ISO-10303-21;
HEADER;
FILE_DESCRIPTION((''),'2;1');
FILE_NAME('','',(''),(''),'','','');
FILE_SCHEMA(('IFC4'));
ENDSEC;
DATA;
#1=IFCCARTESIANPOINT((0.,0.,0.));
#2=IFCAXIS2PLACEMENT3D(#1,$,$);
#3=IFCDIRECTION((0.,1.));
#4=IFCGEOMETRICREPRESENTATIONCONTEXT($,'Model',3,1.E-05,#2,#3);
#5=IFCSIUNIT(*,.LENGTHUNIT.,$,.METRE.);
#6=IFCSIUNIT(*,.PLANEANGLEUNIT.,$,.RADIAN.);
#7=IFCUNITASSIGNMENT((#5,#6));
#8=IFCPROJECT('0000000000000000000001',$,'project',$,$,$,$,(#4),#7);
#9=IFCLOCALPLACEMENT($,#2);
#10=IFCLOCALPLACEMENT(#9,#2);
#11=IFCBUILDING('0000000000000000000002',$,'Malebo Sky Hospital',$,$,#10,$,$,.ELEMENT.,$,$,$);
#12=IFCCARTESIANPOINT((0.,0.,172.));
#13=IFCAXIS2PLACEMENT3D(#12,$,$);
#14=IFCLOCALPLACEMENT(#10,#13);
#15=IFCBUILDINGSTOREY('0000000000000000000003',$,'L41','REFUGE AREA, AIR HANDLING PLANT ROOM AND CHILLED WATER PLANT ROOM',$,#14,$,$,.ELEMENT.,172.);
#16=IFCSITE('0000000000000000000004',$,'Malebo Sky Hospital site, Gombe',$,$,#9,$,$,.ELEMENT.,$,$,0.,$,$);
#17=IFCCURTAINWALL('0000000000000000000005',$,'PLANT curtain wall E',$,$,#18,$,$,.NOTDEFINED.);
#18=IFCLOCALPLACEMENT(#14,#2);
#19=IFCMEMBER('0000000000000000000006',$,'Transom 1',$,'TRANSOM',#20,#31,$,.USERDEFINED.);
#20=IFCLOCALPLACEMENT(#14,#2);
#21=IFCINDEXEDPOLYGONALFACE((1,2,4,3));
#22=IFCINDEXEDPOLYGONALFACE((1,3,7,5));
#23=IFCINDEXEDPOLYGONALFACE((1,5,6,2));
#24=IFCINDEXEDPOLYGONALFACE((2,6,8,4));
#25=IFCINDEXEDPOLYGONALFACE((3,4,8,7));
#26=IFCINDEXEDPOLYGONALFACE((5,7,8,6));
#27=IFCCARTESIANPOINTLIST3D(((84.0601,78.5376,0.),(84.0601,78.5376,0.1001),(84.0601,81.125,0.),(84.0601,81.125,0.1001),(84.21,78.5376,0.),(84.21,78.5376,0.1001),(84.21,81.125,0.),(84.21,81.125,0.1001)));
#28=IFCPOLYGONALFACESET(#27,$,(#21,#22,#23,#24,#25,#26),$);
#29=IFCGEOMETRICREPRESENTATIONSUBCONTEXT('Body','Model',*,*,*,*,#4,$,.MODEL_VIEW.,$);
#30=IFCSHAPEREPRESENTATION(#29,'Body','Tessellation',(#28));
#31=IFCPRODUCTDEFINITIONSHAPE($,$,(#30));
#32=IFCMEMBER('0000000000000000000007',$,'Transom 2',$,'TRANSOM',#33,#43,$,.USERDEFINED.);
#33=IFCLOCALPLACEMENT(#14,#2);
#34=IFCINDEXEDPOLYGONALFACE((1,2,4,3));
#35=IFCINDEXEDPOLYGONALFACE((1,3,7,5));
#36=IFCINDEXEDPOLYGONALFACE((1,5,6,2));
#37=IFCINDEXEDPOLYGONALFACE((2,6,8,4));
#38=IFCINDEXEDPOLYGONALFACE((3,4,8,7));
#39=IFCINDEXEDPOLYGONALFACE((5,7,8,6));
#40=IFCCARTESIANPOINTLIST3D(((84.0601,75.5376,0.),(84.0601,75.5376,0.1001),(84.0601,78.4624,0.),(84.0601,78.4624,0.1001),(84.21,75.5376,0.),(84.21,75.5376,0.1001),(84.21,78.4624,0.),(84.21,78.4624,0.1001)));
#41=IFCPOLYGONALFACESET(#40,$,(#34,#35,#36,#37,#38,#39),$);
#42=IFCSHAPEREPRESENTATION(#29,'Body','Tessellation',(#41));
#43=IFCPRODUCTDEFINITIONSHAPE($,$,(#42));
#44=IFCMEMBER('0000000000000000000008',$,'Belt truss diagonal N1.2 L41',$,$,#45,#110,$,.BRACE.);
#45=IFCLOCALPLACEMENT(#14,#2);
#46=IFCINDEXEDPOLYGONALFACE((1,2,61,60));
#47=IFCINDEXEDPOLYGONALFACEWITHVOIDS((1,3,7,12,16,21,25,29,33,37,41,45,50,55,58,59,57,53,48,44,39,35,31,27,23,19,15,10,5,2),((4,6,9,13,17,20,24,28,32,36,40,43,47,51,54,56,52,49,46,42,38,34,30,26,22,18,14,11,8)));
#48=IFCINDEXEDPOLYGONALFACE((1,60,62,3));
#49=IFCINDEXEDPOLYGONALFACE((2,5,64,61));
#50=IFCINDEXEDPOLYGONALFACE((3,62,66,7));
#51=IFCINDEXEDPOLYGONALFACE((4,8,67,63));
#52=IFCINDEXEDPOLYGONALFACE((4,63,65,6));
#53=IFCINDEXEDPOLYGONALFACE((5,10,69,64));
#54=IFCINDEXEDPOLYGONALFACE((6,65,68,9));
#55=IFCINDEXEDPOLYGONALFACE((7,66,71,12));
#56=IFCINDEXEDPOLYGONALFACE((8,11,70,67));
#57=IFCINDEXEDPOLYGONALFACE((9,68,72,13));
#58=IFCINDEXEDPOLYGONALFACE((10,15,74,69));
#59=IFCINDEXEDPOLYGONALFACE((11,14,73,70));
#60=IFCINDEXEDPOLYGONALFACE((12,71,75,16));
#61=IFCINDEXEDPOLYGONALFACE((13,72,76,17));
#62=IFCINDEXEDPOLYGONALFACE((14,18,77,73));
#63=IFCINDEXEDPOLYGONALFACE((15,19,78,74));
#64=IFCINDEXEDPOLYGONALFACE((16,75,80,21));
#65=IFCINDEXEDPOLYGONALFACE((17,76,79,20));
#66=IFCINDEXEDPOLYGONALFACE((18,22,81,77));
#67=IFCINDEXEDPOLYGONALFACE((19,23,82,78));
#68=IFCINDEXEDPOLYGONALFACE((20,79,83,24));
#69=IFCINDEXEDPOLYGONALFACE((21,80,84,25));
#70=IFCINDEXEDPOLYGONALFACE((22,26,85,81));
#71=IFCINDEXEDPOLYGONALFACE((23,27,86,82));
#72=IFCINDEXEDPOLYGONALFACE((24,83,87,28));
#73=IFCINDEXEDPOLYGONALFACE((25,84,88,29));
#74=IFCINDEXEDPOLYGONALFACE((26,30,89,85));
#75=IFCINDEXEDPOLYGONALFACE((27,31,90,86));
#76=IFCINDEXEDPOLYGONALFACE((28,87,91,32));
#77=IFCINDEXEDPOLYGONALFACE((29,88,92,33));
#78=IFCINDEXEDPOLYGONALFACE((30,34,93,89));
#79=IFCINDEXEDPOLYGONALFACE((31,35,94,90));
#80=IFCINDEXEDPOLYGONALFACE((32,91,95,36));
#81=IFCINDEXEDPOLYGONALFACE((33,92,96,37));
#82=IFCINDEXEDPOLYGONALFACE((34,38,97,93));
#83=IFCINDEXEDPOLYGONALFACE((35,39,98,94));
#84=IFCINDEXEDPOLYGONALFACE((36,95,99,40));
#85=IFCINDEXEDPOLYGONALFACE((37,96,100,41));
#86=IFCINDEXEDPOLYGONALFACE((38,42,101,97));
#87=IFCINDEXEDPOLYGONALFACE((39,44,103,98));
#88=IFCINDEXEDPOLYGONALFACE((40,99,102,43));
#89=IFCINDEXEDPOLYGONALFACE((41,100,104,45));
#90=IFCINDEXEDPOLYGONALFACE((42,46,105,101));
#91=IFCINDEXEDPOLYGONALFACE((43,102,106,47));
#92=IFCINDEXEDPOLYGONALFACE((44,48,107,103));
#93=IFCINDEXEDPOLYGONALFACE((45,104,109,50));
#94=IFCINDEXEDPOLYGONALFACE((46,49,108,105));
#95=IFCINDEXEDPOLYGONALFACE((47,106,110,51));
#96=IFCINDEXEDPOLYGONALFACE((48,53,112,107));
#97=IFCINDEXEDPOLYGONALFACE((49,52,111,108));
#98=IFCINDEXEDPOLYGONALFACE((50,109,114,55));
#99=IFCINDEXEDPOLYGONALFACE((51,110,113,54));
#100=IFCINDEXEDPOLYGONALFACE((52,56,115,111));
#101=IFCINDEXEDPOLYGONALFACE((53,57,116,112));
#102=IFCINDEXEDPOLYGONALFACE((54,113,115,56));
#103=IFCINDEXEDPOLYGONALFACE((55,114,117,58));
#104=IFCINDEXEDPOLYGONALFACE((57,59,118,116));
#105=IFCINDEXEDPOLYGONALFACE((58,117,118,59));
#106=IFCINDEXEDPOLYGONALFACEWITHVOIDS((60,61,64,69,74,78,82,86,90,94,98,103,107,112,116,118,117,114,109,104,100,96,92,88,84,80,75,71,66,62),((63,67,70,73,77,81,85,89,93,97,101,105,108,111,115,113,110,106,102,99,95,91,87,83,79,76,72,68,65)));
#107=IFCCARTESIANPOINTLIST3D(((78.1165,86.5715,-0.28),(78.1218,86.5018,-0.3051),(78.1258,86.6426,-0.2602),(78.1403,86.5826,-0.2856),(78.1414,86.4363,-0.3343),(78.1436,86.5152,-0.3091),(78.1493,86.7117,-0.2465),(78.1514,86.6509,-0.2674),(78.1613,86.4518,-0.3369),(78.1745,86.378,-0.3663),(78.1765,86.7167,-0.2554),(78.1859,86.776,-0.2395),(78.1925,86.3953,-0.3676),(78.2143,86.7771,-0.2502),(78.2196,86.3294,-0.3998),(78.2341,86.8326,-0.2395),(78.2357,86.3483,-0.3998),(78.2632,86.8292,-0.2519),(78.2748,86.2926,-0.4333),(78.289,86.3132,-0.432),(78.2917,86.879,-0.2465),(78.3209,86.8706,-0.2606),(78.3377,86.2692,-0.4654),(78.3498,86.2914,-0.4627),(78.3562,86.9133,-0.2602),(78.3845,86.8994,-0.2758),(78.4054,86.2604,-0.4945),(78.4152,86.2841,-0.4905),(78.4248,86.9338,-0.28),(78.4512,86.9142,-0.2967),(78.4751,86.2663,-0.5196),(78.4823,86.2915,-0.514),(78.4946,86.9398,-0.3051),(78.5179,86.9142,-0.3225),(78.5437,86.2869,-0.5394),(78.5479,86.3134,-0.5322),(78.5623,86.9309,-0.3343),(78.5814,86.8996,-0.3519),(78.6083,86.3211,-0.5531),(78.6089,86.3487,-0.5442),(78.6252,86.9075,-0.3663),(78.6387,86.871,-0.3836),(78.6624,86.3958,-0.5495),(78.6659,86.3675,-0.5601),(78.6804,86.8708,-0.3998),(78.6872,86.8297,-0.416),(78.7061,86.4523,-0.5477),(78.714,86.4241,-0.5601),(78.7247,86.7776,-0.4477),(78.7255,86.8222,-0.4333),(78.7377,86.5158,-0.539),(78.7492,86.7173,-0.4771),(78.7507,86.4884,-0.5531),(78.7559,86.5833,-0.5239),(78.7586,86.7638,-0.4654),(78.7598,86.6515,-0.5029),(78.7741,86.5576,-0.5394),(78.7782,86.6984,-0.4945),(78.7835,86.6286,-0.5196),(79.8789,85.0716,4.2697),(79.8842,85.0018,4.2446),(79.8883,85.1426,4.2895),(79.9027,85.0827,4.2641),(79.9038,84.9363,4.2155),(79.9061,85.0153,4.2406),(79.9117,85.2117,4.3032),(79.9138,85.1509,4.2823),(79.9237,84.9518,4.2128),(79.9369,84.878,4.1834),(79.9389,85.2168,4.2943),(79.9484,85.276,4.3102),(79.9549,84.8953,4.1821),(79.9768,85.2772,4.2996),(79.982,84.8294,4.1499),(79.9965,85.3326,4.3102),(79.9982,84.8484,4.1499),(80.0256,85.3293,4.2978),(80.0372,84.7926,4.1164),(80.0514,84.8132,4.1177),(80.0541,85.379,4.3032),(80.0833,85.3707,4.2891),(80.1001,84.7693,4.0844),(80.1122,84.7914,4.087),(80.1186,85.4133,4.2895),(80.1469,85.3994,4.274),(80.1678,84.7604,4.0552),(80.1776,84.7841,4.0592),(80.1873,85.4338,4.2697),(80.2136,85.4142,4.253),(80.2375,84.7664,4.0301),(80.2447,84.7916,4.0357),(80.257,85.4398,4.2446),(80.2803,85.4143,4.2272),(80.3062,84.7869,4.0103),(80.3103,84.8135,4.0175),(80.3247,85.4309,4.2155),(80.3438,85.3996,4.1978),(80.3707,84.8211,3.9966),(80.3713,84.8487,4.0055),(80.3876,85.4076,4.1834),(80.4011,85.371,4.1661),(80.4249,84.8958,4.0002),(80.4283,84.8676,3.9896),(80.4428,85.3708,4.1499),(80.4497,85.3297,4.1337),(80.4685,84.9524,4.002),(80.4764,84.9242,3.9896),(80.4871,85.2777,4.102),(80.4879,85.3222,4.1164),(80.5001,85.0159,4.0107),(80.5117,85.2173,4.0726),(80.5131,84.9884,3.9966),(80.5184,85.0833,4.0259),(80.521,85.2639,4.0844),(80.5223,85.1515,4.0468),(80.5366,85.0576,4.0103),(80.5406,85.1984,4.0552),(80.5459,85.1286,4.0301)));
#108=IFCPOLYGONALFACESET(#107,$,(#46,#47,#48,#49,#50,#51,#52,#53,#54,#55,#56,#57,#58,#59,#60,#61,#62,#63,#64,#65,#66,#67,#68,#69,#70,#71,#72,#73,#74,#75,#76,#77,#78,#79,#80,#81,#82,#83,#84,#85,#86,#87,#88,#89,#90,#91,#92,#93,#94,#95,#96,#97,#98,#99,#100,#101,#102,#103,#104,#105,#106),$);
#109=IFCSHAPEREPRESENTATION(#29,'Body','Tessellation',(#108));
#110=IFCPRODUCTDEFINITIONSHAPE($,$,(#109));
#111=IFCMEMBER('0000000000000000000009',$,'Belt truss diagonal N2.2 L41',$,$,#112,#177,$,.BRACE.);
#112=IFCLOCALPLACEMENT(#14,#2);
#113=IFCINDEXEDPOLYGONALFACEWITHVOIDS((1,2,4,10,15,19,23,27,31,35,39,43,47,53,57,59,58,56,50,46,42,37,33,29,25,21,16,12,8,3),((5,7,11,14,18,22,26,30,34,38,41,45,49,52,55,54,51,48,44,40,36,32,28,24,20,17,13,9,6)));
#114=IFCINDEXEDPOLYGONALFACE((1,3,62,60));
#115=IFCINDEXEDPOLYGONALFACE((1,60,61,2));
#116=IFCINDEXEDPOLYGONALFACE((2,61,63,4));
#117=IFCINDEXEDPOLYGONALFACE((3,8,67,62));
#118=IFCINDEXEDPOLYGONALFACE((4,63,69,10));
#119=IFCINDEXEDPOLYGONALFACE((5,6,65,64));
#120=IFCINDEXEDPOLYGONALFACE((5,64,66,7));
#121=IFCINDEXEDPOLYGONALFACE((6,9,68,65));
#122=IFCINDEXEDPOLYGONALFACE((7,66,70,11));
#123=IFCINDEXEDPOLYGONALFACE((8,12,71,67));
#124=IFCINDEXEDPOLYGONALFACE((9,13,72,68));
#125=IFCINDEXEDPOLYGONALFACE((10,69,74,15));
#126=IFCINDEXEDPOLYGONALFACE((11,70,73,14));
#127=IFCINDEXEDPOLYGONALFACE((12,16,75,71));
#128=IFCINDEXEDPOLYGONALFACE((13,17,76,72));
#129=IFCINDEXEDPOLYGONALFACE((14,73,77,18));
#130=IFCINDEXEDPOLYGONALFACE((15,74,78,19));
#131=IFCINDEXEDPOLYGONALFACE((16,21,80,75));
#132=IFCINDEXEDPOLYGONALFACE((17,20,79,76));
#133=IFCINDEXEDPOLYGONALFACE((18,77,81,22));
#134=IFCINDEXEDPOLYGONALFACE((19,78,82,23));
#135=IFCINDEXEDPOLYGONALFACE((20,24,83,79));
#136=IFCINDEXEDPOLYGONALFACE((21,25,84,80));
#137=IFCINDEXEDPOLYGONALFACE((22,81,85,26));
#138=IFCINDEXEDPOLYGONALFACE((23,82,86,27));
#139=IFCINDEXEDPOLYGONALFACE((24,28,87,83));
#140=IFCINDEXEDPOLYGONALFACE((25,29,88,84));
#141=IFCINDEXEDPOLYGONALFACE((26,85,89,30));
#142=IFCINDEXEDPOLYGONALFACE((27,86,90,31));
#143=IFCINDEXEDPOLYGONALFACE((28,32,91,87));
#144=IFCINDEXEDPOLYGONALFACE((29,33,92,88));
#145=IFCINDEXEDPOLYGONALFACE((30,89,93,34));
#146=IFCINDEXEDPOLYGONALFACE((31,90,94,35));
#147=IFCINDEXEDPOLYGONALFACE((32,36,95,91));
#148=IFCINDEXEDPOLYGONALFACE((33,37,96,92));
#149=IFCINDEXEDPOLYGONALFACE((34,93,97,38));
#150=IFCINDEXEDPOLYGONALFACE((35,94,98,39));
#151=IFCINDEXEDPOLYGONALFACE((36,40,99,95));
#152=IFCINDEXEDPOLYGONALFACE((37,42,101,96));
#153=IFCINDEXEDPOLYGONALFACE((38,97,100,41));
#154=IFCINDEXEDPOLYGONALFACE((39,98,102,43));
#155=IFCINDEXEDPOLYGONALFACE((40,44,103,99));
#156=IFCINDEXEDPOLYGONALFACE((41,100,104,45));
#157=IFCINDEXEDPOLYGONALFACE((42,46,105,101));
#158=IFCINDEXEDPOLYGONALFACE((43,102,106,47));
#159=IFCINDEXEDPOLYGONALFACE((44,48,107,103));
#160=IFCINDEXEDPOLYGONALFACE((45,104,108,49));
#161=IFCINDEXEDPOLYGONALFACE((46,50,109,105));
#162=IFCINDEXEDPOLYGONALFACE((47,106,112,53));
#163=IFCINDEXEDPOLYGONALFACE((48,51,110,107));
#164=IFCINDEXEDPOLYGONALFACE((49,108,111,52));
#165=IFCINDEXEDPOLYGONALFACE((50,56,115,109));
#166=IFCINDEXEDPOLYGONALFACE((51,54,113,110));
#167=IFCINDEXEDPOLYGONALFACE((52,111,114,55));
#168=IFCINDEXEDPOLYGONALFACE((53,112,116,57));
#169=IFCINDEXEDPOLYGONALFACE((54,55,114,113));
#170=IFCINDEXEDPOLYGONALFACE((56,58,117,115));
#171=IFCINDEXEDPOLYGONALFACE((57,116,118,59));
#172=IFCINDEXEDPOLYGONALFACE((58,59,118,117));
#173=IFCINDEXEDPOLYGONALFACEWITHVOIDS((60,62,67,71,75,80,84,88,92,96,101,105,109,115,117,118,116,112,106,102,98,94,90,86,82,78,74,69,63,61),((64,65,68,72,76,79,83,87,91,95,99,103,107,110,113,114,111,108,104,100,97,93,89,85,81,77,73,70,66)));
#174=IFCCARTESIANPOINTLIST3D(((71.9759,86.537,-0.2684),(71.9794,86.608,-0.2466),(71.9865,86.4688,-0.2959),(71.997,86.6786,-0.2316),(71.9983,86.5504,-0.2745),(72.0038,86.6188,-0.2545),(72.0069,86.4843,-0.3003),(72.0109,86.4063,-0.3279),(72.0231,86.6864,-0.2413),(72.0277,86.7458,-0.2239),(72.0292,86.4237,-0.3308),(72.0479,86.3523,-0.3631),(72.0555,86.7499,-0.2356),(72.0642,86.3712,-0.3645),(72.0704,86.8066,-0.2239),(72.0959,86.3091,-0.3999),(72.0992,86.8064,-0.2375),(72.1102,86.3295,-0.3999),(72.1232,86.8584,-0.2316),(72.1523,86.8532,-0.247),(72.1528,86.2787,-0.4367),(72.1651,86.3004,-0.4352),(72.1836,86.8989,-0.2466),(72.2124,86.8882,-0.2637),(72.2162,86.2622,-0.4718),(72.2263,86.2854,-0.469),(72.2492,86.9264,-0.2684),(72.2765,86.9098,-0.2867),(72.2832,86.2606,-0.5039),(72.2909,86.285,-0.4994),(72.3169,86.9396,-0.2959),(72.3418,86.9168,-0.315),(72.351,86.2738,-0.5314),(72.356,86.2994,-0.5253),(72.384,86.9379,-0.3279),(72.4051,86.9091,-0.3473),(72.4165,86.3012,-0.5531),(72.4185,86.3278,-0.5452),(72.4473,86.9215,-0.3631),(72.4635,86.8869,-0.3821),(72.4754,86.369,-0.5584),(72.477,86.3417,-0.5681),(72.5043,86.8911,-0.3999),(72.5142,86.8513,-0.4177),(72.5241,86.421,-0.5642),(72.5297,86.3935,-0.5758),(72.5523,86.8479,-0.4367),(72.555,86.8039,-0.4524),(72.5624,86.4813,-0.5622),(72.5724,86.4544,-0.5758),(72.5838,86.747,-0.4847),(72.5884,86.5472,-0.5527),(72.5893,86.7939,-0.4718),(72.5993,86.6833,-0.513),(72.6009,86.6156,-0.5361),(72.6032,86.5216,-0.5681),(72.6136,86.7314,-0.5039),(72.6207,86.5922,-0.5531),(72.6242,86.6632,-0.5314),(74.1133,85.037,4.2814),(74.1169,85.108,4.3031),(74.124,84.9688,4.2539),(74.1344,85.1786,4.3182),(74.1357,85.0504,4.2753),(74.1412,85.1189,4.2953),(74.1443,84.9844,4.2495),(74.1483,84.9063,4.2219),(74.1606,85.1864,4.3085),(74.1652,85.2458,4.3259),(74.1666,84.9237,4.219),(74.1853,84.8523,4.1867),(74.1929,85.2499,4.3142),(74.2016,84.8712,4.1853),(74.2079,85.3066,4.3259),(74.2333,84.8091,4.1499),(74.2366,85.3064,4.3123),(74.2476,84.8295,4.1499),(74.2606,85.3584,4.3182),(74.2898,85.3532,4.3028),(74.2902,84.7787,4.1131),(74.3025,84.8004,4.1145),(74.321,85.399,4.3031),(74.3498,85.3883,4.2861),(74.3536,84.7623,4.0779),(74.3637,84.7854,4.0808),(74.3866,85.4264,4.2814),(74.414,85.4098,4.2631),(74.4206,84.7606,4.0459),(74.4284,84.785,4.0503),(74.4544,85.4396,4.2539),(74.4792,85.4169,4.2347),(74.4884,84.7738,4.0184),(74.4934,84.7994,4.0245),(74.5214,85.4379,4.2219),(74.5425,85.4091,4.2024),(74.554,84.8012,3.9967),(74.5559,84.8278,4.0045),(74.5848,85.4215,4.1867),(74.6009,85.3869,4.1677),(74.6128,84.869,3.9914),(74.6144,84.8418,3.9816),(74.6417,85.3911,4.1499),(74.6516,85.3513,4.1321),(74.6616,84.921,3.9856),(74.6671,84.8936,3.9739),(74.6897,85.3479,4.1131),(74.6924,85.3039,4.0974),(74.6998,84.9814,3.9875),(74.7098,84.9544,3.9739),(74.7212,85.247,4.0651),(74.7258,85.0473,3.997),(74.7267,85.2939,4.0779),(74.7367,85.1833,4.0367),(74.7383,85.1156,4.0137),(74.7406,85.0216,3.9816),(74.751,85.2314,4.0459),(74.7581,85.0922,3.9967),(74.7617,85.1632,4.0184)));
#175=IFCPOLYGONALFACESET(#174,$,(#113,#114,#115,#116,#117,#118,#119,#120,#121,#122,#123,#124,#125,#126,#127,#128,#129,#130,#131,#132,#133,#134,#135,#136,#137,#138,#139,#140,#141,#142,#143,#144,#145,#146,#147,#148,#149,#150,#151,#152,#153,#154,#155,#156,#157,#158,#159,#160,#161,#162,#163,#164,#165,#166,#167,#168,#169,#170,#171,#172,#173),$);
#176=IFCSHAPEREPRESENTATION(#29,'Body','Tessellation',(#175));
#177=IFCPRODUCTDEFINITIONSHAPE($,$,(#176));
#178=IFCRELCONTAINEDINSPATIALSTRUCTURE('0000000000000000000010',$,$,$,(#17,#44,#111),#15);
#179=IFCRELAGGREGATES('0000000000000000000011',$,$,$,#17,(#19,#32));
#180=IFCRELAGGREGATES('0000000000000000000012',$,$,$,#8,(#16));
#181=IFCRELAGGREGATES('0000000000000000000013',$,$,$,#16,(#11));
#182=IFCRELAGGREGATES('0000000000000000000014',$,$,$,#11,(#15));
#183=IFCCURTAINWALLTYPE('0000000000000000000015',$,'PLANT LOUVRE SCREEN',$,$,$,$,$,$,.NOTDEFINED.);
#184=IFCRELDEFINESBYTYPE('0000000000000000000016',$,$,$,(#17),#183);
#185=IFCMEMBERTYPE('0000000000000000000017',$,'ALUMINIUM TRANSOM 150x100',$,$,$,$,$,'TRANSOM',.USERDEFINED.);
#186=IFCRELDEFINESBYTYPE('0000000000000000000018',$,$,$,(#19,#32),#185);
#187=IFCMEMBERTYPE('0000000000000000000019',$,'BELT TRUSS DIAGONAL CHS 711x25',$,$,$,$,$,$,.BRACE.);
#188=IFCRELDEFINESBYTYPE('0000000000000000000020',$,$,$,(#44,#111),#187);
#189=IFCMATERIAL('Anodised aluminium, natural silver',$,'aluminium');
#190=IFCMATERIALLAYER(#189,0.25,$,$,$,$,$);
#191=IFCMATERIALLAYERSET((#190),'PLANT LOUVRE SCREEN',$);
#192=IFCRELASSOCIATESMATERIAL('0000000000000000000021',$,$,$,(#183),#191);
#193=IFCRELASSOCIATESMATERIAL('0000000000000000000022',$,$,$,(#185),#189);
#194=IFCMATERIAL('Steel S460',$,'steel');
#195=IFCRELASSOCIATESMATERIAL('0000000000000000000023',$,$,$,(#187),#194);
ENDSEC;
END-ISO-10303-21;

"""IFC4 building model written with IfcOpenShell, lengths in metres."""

from ifc_helpers import new_model, si_unit, direction, frame, origin, origin_2d, place, context, subcontext, project, spatial, rectangle, hollow_circle, extrude, material, layer, layer_set, material_profile, profile_set, type_object, element, aggregate, save


model = new_model("IFC4")

# Units and contexts
model_context = context("Model", 3, precision=1e-05, world=origin(), true_north=direction((0.0, 1.0)))
body_context = subcontext(model_context, "Body", "Model", "MODEL_VIEW")
ifc_project = project(units=[si_unit("LENGTHUNIT", "METRE"), si_unit("PLANEANGLEUNIT", "RADIAN")], contexts=[model_context])

# Site, building, storey
site_placement = place(None, origin())
site = spatial("IfcSite", under=ifc_project, at=site_placement, Name="Malebo Sky Hospital site, Gombe", CompositionType="ELEMENT", RefElevation=0.0)
building_placement = place(site_placement, origin())
building = spatial("IfcBuilding", under=site, at=building_placement, Name="Malebo Sky Hospital", CompositionType="ELEMENT")
storey_placement = place(building_placement, frame((0.0, 0.0, 172.0)))
storey = spatial("IfcBuildingStorey", under=building, at=storey_placement, Name="L41", Description="REFUGE AREA, AIR HANDLING PLANT ROOM AND CHILLED WATER PLANT ROOM", CompositionType="ELEMENT", Elevation=172.0)

# Curtain wall, members
ifc_material_1 = material(Name="Anodised aluminium, natural silver", Category="aluminium")
ifc_layer_1 = layer(ifc_material_1, 0.25)
ifc_layer_set_1 = layer_set([ifc_layer_1], Name="PLANT LOUVRE SCREEN")
curtain_wall_type = type_object("IfcCurtainWallType", Name="PLANT LOUVRE SCREEN", PredefinedType="NOTDEFINED", material=ifc_layer_set_1)
curtain_wall_1_placement = place(storey_placement, origin())
curtain_wall_1 = element("IfcCurtainWall", 1, at=curtain_wall_1_placement, inside=storey, type_object=curtain_wall_type, Name="PLANT curtain wall E", PredefinedType="NOTDEFINED")
ifc_material_profile_1 = material_profile(ifc_material_1, rectangle(XDim=0.1499, YDim=0.1001, at=origin_2d()), Name="ALUMINIUM TRANSOM 150x100")
ifc_profile_set_1 = profile_set([ifc_material_profile_1], Name="Anodised aluminium, natural silver")
member_type_1 = type_object("IfcMemberType", Name="ALUMINIUM TRANSOM 150x100", ElementType="TRANSOM", PredefinedType="USERDEFINED", material=ifc_profile_set_1)
member_1_placement = place(storey_placement, frame((84.135, 81.125, 0.05), z_axis=(0.0, -1.0, 0.0), x_axis=(1.0, 0.0, 0.0)))
member_1 = element("IfcMember", 2, at=member_1_placement, type_object=member_type_1, Name="Transom 1", ObjectType="TRANSOM", PredefinedType="USERDEFINED", context=body_context, shape_type="SweptSolid", body=[
    extrude(rectangle(XDim=0.1499, YDim=0.1001, at=origin_2d()), origin(), (0.0, 0.0, 1.0), 2.5874),
])
member_2_placement = place(storey_placement, frame((84.135, 78.4624, 0.05), z_axis=(0.0, -1.0, 0.0), x_axis=(1.0, 0.0, 0.0)))
member_2 = element("IfcMember", 3, at=member_2_placement, type_object=member_type_1, Name="Transom 2", ObjectType="TRANSOM", PredefinedType="USERDEFINED", context=body_context, shape_type="SweptSolid", body=[
    extrude(rectangle(XDim=0.1499, YDim=0.1001, at=origin_2d()), origin(), (0.0, 0.0, 1.0), 2.9248),
])

# Members
ifc_material_2 = material(Name="Steel S460", Category="steel")
ifc_material_profile_2 = material_profile(ifc_material_2, hollow_circle(Radius=0.3555, WallThickness=0.0249, at=origin_2d()), Name="CHS 711x25")
ifc_profile_set_2 = profile_set([ifc_material_profile_2], Name="Steel S460")
member_type_2 = type_object("IfcMemberType", Name="BELT TRUSS DIAGONAL CHS 711x25", PredefinedType="BRACE", material=ifc_profile_set_2)
member_3_placement = place(storey_placement, frame((80.2124, 85.1001, 4.1499), z_axis=(-0.345267, 0.293853, -0.891314), x_axis=(-0.648129, -0.761531, 0.0)))
element("IfcMember", 4, at=member_3_placement, inside=storey, type_object=member_type_2, Name="Belt truss diagonal N1.2 L41", PredefinedType="BRACE", context=body_context, shape_type="SweptSolid", body=[
    extrude(hollow_circle(Radius=0.3555, WallThickness=0.0249, at=origin_2d()), origin(), (0.0, 0.0, 1.0), 5.1045),
])
member_4_placement = place(storey_placement, frame((74.4375, 85.1001, 4.1499), z_axis=(-0.407452, 0.285938, -0.867308), x_axis=(-0.574435, -0.818551, 0.0)))
element("IfcMember", 5, at=member_4_placement, inside=storey, type_object=member_type_2, Name="Belt truss diagonal N2.2 L41", PredefinedType="BRACE", context=body_context, shape_type="SweptSolid", body=[
    extrude(hollow_circle(Radius=0.3555, WallThickness=0.0249, at=origin_2d()), origin(), (0.0, 0.0, 1.0), 5.2458),
])

aggregate(curtain_wall_1, [member_1, member_2])

save(model, "model.ifc")
